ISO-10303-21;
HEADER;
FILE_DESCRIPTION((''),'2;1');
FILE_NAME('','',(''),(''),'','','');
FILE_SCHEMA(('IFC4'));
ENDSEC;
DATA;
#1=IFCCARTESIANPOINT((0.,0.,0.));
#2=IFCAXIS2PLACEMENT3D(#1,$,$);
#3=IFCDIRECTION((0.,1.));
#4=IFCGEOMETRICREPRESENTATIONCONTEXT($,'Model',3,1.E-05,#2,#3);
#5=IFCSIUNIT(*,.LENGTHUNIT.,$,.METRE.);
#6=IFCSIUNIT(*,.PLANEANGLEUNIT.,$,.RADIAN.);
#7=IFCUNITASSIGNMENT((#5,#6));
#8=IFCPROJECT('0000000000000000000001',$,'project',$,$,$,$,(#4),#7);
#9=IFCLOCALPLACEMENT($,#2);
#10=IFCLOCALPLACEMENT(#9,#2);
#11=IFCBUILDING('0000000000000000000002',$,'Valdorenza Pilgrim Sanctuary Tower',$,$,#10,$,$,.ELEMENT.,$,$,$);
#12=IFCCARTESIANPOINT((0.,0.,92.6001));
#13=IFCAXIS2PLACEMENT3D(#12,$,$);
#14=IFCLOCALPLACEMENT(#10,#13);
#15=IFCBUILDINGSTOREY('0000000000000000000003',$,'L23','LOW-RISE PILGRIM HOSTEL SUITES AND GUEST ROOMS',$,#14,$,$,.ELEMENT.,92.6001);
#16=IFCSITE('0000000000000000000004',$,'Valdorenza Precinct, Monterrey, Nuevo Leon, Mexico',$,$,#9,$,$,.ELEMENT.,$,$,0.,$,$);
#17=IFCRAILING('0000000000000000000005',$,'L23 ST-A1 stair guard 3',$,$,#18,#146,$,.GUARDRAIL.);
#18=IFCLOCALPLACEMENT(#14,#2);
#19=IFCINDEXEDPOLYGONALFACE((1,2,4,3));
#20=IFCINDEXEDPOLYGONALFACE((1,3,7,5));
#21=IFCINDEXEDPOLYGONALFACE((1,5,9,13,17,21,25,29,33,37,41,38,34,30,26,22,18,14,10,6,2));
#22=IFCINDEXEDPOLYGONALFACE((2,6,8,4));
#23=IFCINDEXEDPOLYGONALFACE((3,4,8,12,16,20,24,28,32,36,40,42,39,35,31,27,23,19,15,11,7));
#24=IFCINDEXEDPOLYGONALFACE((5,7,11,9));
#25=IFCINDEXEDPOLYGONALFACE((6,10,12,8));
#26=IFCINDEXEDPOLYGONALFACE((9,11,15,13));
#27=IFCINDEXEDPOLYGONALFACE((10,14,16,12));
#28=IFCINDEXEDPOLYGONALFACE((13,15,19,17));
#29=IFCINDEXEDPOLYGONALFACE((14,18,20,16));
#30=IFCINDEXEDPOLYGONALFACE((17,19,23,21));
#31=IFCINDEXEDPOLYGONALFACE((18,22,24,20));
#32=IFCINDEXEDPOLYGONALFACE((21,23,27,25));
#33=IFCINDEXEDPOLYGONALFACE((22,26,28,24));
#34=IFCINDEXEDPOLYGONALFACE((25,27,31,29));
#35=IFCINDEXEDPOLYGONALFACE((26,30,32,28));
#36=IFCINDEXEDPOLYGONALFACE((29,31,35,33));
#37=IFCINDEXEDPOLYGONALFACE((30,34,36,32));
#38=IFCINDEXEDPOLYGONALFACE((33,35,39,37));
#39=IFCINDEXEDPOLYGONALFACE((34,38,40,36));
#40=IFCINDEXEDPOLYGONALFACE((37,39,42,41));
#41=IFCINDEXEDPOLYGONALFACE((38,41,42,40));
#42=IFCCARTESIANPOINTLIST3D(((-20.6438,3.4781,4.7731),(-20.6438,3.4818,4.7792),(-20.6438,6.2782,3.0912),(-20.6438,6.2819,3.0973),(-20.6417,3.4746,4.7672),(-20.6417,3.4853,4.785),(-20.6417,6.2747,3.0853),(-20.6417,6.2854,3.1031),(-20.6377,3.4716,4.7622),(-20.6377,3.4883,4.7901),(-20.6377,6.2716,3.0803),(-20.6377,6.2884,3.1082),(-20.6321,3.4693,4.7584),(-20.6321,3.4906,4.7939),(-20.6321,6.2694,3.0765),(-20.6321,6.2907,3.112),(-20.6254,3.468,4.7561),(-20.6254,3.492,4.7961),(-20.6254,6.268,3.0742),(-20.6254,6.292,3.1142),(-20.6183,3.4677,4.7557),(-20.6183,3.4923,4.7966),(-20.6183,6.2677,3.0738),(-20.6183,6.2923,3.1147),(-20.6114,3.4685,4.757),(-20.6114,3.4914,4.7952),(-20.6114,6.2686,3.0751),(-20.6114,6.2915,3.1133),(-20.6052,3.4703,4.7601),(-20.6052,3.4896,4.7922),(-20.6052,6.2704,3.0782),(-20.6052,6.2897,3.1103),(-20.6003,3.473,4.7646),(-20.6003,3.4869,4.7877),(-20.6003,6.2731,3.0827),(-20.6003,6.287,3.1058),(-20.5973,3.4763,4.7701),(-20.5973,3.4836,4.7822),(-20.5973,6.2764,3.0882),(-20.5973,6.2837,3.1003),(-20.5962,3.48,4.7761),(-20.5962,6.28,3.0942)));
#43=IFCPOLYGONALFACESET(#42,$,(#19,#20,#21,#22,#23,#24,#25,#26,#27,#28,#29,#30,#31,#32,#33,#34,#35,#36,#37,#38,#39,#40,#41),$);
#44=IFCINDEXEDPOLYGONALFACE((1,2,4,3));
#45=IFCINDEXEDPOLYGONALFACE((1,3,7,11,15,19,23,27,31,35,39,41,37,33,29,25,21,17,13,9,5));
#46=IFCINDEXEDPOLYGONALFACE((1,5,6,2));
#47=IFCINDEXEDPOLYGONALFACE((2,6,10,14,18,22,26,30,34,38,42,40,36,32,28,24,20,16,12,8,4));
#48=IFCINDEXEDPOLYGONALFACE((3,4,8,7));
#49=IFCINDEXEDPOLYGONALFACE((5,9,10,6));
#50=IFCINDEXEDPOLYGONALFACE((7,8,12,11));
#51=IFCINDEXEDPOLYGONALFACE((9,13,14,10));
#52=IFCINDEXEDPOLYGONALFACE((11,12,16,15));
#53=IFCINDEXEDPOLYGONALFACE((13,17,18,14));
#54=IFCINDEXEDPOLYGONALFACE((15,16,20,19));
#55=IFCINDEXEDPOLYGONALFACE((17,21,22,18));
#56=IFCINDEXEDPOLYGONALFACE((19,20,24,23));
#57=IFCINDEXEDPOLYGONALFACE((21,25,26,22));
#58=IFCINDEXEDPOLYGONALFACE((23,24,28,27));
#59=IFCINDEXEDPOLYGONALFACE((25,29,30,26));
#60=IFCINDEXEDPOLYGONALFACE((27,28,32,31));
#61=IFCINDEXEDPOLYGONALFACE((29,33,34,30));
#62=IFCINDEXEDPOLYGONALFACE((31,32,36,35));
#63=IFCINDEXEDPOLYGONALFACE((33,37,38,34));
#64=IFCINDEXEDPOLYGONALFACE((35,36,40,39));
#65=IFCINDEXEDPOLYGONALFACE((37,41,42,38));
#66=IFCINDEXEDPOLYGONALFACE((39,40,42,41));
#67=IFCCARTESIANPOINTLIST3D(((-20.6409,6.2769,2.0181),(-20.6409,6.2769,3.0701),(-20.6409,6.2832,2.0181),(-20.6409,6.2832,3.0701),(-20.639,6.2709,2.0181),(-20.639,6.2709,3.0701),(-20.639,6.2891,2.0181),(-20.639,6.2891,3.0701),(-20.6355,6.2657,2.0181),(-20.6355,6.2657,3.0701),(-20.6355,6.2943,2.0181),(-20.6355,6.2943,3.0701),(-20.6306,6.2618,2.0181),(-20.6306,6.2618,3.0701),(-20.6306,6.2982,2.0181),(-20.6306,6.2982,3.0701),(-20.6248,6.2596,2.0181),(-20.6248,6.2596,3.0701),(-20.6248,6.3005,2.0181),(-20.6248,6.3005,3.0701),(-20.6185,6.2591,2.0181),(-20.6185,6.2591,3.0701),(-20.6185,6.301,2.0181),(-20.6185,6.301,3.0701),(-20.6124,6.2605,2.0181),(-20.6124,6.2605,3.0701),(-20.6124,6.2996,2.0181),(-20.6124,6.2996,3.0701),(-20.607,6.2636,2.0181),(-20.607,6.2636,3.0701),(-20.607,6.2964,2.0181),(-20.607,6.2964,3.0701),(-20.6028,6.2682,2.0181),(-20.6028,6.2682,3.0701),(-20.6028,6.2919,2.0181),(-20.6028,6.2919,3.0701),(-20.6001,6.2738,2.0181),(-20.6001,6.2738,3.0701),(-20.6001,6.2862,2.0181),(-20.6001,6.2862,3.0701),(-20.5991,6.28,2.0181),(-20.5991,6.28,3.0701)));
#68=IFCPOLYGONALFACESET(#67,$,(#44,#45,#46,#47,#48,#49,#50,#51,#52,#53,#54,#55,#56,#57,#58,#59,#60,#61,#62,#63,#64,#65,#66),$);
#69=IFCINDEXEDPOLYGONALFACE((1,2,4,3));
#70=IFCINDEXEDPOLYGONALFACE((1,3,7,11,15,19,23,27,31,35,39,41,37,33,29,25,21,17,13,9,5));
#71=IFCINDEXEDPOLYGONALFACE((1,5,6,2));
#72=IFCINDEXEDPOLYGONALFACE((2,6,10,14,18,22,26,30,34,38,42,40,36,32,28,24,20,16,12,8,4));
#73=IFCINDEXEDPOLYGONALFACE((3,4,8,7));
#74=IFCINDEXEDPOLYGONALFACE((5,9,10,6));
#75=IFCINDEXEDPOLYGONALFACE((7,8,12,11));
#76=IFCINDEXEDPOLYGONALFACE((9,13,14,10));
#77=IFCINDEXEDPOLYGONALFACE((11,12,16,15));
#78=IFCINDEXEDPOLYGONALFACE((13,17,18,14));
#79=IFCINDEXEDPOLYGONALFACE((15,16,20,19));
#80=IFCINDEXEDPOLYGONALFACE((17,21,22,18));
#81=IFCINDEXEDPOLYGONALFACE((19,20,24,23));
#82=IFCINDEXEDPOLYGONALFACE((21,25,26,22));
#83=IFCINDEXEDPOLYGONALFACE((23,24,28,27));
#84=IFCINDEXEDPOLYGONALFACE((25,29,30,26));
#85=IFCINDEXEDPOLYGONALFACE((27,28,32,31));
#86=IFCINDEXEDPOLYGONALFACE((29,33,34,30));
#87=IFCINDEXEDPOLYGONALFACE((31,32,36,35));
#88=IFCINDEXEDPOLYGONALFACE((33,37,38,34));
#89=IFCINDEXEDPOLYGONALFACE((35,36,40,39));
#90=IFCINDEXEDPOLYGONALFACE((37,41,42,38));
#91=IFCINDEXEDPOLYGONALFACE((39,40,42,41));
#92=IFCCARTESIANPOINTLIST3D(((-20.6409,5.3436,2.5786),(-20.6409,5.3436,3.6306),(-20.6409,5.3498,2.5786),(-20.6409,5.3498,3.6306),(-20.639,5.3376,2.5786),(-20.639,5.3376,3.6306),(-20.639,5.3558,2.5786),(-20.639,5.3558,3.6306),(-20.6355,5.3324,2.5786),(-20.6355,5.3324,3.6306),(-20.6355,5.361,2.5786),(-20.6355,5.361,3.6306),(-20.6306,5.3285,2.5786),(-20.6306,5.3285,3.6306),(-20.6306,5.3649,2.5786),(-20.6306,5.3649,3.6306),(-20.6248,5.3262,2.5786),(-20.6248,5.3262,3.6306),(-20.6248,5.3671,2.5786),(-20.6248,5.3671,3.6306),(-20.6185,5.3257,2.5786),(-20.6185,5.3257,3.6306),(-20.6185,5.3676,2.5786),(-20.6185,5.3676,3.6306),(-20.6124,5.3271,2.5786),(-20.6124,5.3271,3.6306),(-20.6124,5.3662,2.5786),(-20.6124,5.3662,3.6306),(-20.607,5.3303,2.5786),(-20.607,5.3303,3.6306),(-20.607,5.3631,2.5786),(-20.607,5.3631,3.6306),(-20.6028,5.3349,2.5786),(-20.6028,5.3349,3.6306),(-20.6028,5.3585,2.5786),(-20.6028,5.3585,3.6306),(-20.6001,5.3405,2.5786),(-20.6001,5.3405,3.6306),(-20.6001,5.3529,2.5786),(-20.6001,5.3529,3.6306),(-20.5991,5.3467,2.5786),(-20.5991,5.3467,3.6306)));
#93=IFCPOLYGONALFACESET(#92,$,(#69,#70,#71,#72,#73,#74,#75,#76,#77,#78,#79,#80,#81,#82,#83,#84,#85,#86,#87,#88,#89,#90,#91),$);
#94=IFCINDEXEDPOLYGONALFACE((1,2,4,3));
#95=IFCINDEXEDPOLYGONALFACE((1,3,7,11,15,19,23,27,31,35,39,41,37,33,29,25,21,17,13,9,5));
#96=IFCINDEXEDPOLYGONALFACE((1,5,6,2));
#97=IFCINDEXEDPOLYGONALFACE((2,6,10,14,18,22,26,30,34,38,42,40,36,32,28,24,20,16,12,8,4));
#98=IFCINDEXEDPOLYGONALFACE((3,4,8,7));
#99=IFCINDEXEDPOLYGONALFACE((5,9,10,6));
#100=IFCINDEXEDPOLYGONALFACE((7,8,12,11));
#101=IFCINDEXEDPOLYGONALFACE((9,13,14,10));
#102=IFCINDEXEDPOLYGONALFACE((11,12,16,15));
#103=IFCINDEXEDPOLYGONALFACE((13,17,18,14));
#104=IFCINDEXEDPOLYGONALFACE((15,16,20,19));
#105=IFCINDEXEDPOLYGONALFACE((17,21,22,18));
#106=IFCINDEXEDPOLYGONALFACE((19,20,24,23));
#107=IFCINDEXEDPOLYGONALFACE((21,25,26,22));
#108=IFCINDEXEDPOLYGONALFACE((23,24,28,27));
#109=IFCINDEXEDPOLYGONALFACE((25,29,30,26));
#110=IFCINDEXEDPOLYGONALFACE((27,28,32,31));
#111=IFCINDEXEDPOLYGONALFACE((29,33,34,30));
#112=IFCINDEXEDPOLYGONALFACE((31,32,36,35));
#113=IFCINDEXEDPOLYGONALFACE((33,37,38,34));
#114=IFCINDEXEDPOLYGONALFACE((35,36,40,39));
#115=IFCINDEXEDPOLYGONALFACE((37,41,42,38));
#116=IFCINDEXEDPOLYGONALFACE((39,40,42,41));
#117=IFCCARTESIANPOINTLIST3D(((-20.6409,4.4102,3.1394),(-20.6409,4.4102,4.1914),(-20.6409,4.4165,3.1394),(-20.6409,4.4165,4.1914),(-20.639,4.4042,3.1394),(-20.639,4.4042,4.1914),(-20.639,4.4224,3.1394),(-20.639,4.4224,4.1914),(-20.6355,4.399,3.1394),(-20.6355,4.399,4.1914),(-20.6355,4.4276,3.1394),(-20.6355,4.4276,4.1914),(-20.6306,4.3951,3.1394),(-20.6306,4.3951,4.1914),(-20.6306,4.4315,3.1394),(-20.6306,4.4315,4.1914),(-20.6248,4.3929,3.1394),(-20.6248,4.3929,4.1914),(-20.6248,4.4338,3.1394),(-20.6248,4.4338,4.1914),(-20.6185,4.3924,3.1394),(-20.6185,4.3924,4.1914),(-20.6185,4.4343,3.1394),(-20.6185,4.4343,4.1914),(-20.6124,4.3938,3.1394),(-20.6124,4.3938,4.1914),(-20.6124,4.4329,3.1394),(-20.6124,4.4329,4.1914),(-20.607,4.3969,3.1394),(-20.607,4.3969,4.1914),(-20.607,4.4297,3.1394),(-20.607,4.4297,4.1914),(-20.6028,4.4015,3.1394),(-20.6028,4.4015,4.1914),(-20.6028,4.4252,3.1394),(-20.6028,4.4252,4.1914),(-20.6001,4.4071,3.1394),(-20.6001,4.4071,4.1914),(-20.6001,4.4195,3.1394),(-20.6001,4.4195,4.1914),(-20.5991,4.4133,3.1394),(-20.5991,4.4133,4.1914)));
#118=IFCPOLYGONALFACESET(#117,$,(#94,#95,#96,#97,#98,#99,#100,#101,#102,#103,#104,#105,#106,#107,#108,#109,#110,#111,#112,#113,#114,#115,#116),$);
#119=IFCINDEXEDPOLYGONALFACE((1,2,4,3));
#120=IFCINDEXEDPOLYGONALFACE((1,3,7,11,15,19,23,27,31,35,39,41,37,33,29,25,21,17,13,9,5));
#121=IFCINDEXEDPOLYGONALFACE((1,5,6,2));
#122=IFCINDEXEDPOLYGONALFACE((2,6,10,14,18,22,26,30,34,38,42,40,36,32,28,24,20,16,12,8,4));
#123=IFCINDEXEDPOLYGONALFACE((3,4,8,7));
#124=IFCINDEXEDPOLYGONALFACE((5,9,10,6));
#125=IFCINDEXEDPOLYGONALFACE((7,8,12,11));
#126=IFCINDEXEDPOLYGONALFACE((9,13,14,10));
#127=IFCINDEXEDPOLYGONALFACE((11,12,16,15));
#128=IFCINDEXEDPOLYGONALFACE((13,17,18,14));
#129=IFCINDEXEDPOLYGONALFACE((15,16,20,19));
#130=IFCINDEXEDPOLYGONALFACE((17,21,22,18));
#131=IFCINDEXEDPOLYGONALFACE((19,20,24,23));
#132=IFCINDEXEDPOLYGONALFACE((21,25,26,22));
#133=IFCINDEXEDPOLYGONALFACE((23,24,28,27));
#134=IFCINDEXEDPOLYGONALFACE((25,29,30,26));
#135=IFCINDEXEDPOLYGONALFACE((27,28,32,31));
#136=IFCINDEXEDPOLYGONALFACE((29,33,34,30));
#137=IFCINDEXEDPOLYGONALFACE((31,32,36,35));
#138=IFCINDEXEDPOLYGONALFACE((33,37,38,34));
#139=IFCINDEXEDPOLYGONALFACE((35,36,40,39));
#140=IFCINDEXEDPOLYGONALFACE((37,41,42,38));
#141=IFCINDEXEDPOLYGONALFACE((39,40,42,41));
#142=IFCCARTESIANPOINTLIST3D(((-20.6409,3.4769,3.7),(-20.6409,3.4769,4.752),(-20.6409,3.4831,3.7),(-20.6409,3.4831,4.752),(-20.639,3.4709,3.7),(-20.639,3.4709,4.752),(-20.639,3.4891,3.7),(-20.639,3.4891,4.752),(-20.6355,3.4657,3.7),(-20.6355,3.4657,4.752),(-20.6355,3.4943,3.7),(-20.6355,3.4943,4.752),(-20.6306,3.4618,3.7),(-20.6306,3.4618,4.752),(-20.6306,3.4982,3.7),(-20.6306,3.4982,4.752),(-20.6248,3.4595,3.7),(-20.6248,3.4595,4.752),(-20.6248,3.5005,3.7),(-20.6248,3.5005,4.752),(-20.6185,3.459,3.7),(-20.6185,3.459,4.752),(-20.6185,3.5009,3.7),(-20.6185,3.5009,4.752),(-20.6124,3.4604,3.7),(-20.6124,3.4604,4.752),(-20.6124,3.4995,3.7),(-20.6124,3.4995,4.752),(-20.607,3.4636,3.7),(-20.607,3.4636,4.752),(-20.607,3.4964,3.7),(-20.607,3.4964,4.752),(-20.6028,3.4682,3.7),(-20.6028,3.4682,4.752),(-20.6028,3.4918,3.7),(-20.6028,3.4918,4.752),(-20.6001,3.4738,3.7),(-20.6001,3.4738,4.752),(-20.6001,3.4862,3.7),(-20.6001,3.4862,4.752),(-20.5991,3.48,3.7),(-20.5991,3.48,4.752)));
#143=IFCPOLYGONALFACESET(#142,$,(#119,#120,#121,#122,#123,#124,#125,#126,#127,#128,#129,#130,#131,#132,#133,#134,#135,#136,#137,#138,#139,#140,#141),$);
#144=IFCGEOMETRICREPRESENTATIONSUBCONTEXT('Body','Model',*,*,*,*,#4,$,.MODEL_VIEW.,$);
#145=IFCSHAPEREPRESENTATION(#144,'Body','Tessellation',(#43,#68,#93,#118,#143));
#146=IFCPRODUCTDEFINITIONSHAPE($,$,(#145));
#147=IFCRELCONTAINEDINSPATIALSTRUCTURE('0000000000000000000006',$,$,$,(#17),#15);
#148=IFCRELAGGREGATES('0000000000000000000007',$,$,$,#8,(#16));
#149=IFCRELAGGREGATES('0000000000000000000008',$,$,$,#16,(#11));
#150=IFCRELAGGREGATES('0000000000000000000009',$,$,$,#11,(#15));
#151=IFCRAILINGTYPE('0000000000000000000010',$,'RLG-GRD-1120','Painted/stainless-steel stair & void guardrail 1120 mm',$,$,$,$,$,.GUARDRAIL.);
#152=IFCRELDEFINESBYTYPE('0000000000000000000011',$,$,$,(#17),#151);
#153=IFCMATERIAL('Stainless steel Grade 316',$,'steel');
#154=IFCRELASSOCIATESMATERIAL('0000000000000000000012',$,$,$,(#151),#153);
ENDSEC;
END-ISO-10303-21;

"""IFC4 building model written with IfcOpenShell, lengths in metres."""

from ifc_helpers import new_model, si_unit, direction, frame, origin, origin_2d, place, context, subcontext, project, spatial, circle, extrude, material, type_object, element, save


model = new_model("IFC4")

# Units and contexts
model_context = context("Model", 3, precision=1e-05, world=origin(), true_north=direction((0.0, 1.0)))
body_context = subcontext(model_context, "Body", "Model", "MODEL_VIEW")
ifc_project = project(units=[si_unit("LENGTHUNIT", "METRE"), si_unit("PLANEANGLEUNIT", "RADIAN")], contexts=[model_context])

# Site, building, storey
site_placement = place(None, origin())
site = spatial("IfcSite", under=ifc_project, at=site_placement, Name="Valdorenza Precinct, Monterrey, Nuevo Leon, Mexico", CompositionType="ELEMENT", RefElevation=0.0)
building_placement = place(site_placement, origin())
building = spatial("IfcBuilding", under=site, at=building_placement, Name="Valdorenza Pilgrim Sanctuary Tower", CompositionType="ELEMENT")
storey_placement = place(building_placement, frame((0.0, 0.0, 92.6001)))
storey = spatial("IfcBuildingStorey", under=building, at=storey_placement, Name="L23", Description="LOW-RISE PILGRIM HOSTEL SUITES AND GUEST ROOMS", CompositionType="ELEMENT", Elevation=92.6001)

# Railing
ifc_material_1 = material(Name="Stainless steel Grade 316", Category="steel")
railing_type_1 = type_object("IfcRailingType", Name="RLG-GRD-1120", Description="Painted/stainless-steel stair & void guardrail 1120 mm", PredefinedType="GUARDRAIL", material=ifc_material_1)
railing_1_placement = place(storey_placement, frame((-20.6201, 6.28, 2.0181)))
element("IfcRailing", 1, at=railing_1_placement, inside=storey, type_object=railing_type_1, Name="L23 ST-A1 stair guard 3", PredefinedType="GUARDRAIL", context=body_context, shape_type="SweptSolid", body=[
    extrude(circle(Radius=0.0239, at=origin_2d()), frame((0.0, 0.0, 1.0762), z_axis=(0.0, -0.857242, 0.514913), x_axis=(1.0, 0.0, 0.0)), (0.0, 0.0, 1.0), 3.2664),
    extrude(circle(Radius=0.021, at=origin_2d()), origin(), (0.0, 0.0, 1.0), 1.052),
    extrude(circle(Radius=0.021, at=origin_2d()), frame((0.0, -0.9333, 0.5605)), (0.0, 0.0, 1.0), 1.052),
    extrude(circle(Radius=0.021, at=origin_2d()), frame((0.0, -1.8667, 1.1213)), (0.0, 0.0, 1.0), 1.052),
    extrude(circle(Radius=0.021, at=origin_2d()), frame((0.0, -2.8, 1.6819)), (0.0, 0.0, 1.0), 1.052),
])

save(model, "model.ifc")
